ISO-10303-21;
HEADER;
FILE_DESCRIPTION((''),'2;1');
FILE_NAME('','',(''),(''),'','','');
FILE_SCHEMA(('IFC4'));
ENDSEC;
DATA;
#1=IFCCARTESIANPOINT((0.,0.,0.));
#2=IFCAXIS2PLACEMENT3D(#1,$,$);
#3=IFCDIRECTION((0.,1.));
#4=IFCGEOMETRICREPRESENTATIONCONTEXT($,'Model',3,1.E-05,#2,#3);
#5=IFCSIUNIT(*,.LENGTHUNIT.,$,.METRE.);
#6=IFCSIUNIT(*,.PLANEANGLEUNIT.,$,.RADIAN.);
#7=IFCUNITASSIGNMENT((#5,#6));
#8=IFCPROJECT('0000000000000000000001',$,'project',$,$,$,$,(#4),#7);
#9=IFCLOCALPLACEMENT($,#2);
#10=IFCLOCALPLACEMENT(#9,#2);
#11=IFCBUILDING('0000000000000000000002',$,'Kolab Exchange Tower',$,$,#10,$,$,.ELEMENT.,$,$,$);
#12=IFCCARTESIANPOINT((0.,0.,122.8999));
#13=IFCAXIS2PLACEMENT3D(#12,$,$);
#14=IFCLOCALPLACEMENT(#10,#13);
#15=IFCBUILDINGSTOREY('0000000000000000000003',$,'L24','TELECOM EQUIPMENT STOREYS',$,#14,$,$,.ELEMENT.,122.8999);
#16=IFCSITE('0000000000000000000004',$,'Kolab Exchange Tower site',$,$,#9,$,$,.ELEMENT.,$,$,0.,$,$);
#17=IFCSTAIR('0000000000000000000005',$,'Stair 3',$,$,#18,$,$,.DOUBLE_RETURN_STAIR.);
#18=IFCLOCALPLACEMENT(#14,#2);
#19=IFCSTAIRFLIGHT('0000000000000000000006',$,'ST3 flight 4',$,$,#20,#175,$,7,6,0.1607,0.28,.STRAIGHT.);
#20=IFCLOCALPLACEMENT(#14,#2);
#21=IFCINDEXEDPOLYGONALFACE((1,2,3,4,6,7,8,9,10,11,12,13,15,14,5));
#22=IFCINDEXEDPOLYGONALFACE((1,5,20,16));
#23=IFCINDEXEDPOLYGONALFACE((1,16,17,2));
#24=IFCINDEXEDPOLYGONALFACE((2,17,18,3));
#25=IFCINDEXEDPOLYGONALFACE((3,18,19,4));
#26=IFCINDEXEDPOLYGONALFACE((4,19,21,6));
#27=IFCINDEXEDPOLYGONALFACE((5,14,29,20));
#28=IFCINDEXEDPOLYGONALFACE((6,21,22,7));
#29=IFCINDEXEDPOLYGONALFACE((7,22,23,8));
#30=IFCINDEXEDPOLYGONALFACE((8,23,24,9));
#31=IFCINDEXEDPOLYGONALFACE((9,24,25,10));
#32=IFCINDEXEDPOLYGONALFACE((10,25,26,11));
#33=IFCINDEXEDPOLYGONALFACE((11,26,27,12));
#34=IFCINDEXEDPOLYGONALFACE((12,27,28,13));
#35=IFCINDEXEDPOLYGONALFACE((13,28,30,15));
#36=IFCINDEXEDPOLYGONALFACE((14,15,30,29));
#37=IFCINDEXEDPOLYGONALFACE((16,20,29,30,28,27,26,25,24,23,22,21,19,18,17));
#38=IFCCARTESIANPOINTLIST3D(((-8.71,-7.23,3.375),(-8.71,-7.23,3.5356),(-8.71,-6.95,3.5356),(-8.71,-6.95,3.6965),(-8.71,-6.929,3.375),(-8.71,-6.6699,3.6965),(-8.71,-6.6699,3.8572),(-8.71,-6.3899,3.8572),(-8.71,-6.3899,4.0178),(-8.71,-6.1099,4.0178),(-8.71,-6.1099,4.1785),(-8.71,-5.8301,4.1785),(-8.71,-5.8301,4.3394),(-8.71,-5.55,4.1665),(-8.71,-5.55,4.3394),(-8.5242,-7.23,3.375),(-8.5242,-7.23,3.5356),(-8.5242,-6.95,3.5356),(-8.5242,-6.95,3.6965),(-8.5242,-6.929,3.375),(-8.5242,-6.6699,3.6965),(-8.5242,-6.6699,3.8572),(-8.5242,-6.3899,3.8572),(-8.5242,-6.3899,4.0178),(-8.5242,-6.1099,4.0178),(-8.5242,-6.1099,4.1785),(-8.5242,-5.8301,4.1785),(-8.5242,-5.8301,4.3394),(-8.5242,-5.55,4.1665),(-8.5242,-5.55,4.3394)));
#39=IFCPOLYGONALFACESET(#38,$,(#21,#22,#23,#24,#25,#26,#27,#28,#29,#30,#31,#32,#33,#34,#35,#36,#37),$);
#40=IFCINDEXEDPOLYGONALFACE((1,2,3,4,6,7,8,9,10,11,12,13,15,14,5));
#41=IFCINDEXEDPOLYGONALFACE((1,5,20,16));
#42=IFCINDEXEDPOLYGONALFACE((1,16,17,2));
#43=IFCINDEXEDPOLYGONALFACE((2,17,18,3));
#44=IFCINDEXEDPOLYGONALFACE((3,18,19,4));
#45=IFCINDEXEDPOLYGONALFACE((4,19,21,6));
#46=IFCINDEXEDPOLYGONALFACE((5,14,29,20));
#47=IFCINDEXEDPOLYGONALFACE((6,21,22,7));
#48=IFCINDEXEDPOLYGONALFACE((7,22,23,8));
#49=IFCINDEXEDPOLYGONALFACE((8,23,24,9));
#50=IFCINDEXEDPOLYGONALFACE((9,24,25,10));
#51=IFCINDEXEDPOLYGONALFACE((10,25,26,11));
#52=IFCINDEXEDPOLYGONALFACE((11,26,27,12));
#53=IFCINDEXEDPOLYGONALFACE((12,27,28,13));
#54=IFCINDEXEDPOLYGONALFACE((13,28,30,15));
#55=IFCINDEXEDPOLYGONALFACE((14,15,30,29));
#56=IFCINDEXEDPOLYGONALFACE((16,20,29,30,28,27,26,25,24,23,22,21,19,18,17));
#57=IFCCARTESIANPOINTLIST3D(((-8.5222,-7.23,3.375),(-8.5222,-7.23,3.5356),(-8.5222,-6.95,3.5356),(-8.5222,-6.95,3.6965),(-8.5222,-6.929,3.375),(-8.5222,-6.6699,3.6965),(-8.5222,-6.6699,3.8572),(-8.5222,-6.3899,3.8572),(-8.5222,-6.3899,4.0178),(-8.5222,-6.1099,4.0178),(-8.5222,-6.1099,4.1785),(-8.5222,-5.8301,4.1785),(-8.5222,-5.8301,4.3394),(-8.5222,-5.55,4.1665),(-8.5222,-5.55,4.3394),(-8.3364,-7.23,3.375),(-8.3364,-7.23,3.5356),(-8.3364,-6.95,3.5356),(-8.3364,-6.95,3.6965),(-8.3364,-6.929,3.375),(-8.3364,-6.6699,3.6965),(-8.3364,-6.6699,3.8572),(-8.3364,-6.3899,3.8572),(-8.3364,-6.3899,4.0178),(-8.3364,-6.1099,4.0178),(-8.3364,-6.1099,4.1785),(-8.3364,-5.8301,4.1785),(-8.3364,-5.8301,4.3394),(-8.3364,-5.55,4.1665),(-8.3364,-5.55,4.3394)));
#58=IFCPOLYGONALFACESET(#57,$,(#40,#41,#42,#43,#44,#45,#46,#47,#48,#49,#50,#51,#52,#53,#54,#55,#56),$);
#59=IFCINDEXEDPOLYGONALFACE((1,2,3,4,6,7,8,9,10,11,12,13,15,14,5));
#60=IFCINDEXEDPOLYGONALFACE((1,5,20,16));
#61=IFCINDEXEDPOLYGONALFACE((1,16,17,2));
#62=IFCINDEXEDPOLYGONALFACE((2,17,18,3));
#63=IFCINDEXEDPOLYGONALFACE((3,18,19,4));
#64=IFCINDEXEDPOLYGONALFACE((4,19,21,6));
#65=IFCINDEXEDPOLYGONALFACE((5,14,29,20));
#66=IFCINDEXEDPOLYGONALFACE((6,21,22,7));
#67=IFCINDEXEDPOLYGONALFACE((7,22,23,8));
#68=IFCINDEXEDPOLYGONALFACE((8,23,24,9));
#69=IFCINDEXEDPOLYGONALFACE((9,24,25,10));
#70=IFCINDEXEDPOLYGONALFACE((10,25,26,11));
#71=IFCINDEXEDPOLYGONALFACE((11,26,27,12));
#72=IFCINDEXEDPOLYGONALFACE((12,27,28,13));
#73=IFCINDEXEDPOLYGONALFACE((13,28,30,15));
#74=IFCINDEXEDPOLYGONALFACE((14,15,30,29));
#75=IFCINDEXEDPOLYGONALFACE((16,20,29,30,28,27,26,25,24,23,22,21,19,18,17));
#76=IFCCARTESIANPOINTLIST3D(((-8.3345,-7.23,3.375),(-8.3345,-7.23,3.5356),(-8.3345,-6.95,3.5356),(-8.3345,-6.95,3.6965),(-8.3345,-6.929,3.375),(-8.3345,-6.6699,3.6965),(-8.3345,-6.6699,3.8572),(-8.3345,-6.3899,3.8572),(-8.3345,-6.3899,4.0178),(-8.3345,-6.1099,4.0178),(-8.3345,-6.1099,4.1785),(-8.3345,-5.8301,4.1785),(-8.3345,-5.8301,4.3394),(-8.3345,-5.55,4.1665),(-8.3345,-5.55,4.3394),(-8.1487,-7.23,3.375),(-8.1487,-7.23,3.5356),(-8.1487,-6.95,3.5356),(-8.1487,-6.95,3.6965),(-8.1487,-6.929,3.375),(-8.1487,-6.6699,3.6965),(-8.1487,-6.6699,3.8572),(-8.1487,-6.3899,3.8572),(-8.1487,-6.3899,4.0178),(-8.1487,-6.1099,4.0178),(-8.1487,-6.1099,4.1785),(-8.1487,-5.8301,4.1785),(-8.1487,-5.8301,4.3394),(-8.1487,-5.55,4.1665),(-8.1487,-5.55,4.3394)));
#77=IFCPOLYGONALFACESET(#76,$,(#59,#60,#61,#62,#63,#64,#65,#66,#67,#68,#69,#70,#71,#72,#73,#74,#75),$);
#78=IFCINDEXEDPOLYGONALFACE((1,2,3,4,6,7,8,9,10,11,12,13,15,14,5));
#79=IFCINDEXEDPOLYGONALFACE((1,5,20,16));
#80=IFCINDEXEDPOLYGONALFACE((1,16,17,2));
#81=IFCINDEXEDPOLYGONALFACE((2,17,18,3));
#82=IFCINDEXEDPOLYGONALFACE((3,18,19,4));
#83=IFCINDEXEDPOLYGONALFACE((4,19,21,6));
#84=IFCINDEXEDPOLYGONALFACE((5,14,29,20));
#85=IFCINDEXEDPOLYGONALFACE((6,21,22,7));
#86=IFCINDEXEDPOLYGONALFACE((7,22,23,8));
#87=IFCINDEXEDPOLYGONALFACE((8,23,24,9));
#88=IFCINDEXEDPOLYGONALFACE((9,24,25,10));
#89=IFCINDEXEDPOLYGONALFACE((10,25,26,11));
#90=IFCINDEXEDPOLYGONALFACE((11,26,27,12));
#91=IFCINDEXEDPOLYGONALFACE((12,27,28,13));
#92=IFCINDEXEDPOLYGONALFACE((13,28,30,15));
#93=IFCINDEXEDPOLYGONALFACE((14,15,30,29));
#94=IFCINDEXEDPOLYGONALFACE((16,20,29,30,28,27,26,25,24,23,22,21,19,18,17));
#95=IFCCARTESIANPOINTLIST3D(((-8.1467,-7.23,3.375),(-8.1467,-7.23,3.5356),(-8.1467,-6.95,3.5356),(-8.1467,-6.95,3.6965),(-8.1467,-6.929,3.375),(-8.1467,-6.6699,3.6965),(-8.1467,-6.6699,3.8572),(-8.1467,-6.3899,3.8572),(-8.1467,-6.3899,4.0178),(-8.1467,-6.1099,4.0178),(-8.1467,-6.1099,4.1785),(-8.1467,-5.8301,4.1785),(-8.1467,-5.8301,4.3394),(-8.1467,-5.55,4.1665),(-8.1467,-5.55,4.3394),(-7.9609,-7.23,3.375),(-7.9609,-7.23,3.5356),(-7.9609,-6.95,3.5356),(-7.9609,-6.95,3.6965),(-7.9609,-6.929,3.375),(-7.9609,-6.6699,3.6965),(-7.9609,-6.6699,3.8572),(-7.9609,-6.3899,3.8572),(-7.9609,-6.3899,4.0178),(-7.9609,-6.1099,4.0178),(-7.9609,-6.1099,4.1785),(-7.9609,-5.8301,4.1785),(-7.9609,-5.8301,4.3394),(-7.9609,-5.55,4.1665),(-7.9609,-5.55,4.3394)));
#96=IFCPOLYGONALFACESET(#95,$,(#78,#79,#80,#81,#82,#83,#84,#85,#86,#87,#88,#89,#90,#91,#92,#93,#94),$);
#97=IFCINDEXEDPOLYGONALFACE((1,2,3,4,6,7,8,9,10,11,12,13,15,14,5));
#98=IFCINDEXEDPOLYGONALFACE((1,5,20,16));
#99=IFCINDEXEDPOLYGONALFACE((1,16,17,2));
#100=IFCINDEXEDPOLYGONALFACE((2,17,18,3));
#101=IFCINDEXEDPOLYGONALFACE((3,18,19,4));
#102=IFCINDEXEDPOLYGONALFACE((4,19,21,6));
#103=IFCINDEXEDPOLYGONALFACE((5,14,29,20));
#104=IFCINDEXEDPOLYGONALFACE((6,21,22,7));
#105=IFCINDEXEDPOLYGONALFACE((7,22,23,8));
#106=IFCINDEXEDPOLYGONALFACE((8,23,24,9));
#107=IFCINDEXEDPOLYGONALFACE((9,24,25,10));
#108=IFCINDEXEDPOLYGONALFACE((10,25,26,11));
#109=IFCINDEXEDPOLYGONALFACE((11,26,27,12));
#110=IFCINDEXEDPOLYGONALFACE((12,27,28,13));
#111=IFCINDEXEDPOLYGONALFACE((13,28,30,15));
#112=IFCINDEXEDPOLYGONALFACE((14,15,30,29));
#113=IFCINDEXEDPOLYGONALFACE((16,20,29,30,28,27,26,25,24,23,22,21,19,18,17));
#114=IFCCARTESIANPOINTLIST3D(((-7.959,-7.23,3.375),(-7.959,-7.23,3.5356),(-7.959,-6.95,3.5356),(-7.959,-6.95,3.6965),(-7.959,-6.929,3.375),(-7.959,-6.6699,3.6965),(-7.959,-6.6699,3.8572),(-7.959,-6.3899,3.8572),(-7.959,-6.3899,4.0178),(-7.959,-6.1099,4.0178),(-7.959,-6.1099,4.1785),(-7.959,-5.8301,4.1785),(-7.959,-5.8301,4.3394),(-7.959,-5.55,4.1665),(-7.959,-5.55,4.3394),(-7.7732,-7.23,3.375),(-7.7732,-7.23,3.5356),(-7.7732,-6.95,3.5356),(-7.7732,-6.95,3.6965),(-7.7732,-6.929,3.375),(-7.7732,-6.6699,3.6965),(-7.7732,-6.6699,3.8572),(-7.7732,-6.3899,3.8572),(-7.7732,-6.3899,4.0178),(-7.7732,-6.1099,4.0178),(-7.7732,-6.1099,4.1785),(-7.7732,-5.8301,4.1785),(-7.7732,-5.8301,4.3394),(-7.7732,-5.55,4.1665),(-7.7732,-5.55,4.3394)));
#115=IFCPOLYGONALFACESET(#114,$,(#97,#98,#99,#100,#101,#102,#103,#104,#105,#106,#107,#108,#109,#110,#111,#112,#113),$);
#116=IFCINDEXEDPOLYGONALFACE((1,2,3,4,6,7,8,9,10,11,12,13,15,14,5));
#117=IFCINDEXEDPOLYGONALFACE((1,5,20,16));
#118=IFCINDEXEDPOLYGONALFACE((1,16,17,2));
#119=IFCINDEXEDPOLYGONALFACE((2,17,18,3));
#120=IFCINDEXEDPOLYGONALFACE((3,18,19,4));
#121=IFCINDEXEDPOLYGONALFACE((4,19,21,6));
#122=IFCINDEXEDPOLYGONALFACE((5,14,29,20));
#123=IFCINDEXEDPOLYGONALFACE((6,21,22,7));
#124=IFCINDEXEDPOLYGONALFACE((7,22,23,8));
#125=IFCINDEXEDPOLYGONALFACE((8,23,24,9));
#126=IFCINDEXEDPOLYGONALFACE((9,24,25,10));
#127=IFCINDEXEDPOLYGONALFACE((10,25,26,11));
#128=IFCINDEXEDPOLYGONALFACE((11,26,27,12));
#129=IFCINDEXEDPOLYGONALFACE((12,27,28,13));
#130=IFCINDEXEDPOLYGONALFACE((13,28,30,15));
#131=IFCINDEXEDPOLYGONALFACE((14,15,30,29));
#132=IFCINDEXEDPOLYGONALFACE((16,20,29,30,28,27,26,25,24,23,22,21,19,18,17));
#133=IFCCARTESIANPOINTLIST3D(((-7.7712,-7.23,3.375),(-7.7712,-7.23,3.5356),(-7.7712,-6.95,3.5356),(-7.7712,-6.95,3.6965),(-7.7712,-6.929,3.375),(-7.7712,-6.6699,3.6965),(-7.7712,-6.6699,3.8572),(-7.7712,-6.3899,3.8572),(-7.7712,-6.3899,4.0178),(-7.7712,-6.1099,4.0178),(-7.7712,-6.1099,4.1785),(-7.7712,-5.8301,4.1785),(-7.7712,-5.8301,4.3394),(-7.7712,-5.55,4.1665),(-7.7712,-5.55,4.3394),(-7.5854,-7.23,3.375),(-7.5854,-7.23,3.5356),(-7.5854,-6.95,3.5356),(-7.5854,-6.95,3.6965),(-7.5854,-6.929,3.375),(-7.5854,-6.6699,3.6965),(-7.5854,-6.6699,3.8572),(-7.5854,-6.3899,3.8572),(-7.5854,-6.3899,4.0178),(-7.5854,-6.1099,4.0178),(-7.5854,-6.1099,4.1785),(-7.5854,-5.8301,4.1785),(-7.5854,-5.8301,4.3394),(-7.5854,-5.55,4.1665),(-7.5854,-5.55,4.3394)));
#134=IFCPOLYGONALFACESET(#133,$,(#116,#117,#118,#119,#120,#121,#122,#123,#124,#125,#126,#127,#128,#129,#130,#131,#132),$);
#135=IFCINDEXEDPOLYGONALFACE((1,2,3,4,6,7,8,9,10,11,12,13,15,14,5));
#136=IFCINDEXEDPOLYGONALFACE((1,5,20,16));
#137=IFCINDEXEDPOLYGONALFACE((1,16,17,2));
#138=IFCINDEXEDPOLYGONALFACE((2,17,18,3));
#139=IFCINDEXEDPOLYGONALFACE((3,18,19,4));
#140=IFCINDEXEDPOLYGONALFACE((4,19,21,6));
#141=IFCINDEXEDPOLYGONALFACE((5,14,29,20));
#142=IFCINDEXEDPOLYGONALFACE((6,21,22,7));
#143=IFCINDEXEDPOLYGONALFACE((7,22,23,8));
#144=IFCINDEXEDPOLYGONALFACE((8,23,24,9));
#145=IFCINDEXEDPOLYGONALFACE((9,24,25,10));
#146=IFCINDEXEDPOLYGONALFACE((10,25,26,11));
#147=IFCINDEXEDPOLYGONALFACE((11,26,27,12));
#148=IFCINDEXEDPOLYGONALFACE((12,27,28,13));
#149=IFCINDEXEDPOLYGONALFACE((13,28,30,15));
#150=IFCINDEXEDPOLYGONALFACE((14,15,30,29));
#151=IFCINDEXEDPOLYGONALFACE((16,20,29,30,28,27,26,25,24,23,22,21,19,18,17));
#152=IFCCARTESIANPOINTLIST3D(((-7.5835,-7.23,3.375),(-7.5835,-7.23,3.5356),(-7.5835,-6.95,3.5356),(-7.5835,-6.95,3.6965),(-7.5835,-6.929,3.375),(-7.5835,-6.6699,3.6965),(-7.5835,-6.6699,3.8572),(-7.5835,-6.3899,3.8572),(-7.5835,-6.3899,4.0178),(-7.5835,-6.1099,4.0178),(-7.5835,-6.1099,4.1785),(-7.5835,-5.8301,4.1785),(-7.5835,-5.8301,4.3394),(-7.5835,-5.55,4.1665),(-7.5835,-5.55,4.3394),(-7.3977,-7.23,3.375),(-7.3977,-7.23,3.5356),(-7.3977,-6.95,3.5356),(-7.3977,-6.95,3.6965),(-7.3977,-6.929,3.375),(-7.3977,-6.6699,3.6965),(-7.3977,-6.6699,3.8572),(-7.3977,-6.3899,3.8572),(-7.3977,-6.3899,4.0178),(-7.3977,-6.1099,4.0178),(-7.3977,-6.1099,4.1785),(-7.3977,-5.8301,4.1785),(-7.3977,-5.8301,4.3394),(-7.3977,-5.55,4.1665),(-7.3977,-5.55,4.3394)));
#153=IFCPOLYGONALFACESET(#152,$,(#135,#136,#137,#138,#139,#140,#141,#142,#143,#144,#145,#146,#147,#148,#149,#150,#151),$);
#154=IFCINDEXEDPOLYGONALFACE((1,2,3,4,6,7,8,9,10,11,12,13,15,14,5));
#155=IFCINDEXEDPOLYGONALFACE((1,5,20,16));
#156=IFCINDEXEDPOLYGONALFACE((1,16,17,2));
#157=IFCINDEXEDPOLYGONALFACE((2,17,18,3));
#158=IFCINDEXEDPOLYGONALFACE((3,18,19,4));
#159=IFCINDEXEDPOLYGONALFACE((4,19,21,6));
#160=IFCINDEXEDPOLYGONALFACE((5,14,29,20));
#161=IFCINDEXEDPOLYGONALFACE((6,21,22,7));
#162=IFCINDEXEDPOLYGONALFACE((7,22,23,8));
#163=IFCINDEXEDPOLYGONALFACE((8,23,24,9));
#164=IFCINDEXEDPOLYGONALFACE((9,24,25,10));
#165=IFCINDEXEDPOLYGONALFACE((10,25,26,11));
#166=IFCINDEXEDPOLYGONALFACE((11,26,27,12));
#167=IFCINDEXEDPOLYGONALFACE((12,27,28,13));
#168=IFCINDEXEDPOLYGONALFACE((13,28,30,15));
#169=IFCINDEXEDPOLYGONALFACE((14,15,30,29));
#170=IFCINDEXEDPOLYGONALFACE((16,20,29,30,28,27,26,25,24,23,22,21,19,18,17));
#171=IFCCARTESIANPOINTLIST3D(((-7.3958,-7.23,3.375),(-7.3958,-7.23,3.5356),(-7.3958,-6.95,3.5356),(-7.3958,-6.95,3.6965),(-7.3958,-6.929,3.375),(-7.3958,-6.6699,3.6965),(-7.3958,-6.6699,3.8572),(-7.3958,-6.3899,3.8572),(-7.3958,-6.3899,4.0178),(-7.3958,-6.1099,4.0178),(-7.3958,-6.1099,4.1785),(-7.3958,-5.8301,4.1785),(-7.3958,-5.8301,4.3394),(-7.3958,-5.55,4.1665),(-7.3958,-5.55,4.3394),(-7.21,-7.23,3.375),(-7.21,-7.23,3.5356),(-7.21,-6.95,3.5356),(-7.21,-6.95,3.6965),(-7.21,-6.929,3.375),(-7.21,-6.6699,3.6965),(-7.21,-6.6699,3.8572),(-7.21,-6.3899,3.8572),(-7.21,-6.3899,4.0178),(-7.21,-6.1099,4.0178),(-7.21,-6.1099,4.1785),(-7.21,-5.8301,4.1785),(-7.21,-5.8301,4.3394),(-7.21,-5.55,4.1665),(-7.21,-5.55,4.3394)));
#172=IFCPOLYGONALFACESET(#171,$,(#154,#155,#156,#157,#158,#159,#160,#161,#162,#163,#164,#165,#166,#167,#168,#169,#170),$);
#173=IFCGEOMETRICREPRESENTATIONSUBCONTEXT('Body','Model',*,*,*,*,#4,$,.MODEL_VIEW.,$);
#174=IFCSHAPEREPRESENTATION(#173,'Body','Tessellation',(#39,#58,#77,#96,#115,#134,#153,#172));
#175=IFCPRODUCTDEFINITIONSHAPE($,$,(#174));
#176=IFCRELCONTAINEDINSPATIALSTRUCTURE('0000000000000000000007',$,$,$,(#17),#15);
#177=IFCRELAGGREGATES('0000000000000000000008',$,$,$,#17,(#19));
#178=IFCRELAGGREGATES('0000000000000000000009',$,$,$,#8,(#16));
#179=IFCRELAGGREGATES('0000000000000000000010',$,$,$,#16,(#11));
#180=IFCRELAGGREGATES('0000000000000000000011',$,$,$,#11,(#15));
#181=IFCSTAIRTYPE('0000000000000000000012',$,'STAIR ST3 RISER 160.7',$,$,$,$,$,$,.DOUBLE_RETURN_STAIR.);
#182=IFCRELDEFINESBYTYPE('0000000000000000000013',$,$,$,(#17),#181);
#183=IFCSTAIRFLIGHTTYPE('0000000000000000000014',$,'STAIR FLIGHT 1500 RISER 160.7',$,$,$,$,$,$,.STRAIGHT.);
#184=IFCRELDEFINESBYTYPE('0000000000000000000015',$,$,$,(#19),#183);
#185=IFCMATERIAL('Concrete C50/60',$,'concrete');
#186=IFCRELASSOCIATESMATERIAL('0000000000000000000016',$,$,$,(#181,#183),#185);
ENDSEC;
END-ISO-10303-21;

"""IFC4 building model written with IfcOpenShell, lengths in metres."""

from ifc_helpers import new_model, si_unit, direction, frame, origin, place, context, subcontext, project, spatial, polyline, outline, extrude, material, type_object, element, aggregate, save


model = new_model("IFC4")

# Units and contexts
model_context = context("Model", 3, precision=1e-05, world=origin(), true_north=direction((0.0, 1.0)))
body_context = subcontext(model_context, "Body", "Model", "MODEL_VIEW")
ifc_project = project(units=[si_unit("LENGTHUNIT", "METRE"), si_unit("PLANEANGLEUNIT", "RADIAN")], contexts=[model_context])

# Site, building, storey
site_placement = place(None, origin())
site = spatial("IfcSite", under=ifc_project, at=site_placement, Name="Kolab Exchange Tower site", CompositionType="ELEMENT", RefElevation=0.0)
building_placement = place(site_placement, origin())
building = spatial("IfcBuilding", under=site, at=building_placement, Name="Kolab Exchange Tower", CompositionType="ELEMENT")
storey_placement = place(building_placement, frame((0.0, 0.0, 122.8999)))
storey = spatial("IfcBuildingStorey", under=building, at=storey_placement, Name="L24", Description="TELECOM EQUIPMENT STOREYS", CompositionType="ELEMENT", Elevation=122.8999)

# Shared definitions
ifc_material_1 = material(Name="Concrete C50/60", Category="concrete")

# Stair, stair flight
stair_type = type_object("IfcStairType", Name="STAIR ST3 RISER 160.7", PredefinedType="DOUBLE_RETURN_STAIR", material=ifc_material_1)
stair_placement = place(storey_placement, origin())
stair = element("IfcStair", 1, at=stair_placement, inside=storey, type_object=stair_type, Name="Stair 3", PredefinedType="DOUBLE_RETURN_STAIR")
stair_flight_type = type_object("IfcStairFlightType", Name="STAIR FLIGHT 1500 RISER 160.7", PredefinedType="STRAIGHT", material=ifc_material_1)
stair_flight_1_placement = place(storey_placement, frame((-7.96, -7.23, 3.375), z_axis=(0.0, 0.0, 1.0), x_axis=(0.0, 1.0, 0.0)))
stair_flight_1 = element("IfcStairFlight", 2, at=stair_flight_1_placement, type_object=stair_flight_type, Name="ST3 flight 4", NumberOfRisers=7, NumberOfTreads=6, PredefinedType="STRAIGHT", RiserHeight=0.1607, TreadLength=0.28, context=body_context, shape_type="SweptSolid", body=[
    extrude(outline(polyline([(0.0, 0.0), (0.0, 0.1606), (0.28, 0.1606), (0.28, 0.3215), (0.5601, 0.3215), (0.5601, 0.4822), (0.8401, 0.4822), (0.8401, 0.6428), (1.1201, 0.6428), (1.1201, 0.8035), (1.3999, 0.8035), (1.3999, 0.9644), (1.6799, 0.9644), (1.6799, 1.125), (1.6799, 0.7915), (0.301, 0.0), (0.0, 0.0)])), frame((0.0, 0.75, 0.0), z_axis=(0.0, -1.0, 0.0), x_axis=(1.0, 0.0, 0.0)), (0.0, 0.0, 1.0), 0.1858),
    extrude(outline(polyline([(0.0, 0.0), (0.0, 0.1606), (0.28, 0.1606), (0.28, 0.3215), (0.5601, 0.3215), (0.5601, 0.4822), (0.8401, 0.4822), (0.8401, 0.6428), (1.1201, 0.6428), (1.1201, 0.8035), (1.3999, 0.8035), (1.3999, 0.9644), (1.6799, 0.9644), (1.6799, 1.125), (1.6799, 0.7915), (0.301, 0.0), (0.0, 0.0)])), frame((0.0, 0.5623, 0.0), z_axis=(0.0, -1.0, 0.0), x_axis=(1.0, 0.0, 0.0)), (0.0, 0.0, 1.0), 0.1858),
    extrude(outline(polyline([(0.0, 0.0), (0.0, 0.1606), (0.28, 0.1606), (0.28, 0.3215), (0.5601, 0.3215), (0.5601, 0.4822), (0.8401, 0.4822), (0.8401, 0.6428), (1.1201, 0.6428), (1.1201, 0.8035), (1.3999, 0.8035), (1.3999, 0.9644), (1.6799, 0.9644), (1.6799, 1.125), (1.6799, 0.7915), (0.301, 0.0), (0.0, 0.0)])), frame((0.0, 0.3745, 0.0), z_axis=(0.0, -1.0, 0.0), x_axis=(1.0, 0.0, 0.0)), (0.0, 0.0, 1.0), 0.1858),
    extrude(outline(polyline([(0.0, 0.0), (0.0, 0.1606), (0.28, 0.1606), (0.28, 0.3215), (0.5601, 0.3215), (0.5601, 0.4822), (0.8401, 0.4822), (0.8401, 0.6428), (1.1201, 0.6428), (1.1201, 0.8035), (1.3999, 0.8035), (1.3999, 0.9644), (1.6799, 0.9644), (1.6799, 1.125), (1.6799, 0.7915), (0.301, 0.0), (0.0, 0.0)])), frame((0.0, 0.1868, 0.0), z_axis=(0.0, -1.0, 0.0), x_axis=(1.0, 0.0, 0.0)), (0.0, 0.0, 1.0), 0.1858),
    extrude(outline(polyline([(0.0, 0.0), (0.0, 0.1606), (0.28, 0.1606), (0.28, 0.3215), (0.5601, 0.3215), (0.5601, 0.4822), (0.8401, 0.4822), (0.8401, 0.6428), (1.1201, 0.6428), (1.1201, 0.8035), (1.3999, 0.8035), (1.3999, 0.9644), (1.6799, 0.9644), (1.6799, 1.125), (1.6799, 0.7915), (0.301, 0.0), (0.0, 0.0)])), frame((0.0, -0.001, 0.0), z_axis=(0.0, -1.0, 0.0), x_axis=(1.0, 0.0, 0.0)), (0.0, 0.0, 1.0), 0.1858),
    extrude(outline(polyline([(0.0, 0.0), (0.0, 0.1606), (0.28, 0.1606), (0.28, 0.3215), (0.5601, 0.3215), (0.5601, 0.4822), (0.8401, 0.4822), (0.8401, 0.6428), (1.1201, 0.6428), (1.1201, 0.8035), (1.3999, 0.8035), (1.3999, 0.9644), (1.6799, 0.9644), (1.6799, 1.125), (1.6799, 0.7915), (0.301, 0.0), (0.0, 0.0)])), frame((0.0, -0.1887, 0.0), z_axis=(0.0, -1.0, 0.0), x_axis=(1.0, 0.0, 0.0)), (0.0, 0.0, 1.0), 0.1858),
    extrude(outline(polyline([(0.0, 0.0), (0.0, 0.1606), (0.28, 0.1606), (0.28, 0.3215), (0.5601, 0.3215), (0.5601, 0.4822), (0.8401, 0.4822), (0.8401, 0.6428), (1.1201, 0.6428), (1.1201, 0.8035), (1.3999, 0.8035), (1.3999, 0.9644), (1.6799, 0.9644), (1.6799, 1.125), (1.6799, 0.7915), (0.301, 0.0), (0.0, 0.0)])), frame((0.0, -0.3765, 0.0), z_axis=(0.0, -1.0, 0.0), x_axis=(1.0, 0.0, 0.0)), (0.0, 0.0, 1.0), 0.1858),
    extrude(outline(polyline([(0.0, 0.0), (0.0, 0.1606), (0.28, 0.1606), (0.28, 0.3215), (0.5601, 0.3215), (0.5601, 0.4822), (0.8401, 0.4822), (0.8401, 0.6428), (1.1201, 0.6428), (1.1201, 0.8035), (1.3999, 0.8035), (1.3999, 0.9644), (1.6799, 0.9644), (1.6799, 1.125), (1.6799, 0.7915), (0.301, 0.0), (0.0, 0.0)])), frame((0.0, -0.5642, 0.0), z_axis=(0.0, -1.0, 0.0), x_axis=(1.0, 0.0, 0.0)), (0.0, 0.0, 1.0), 0.1858),
])
aggregate(stair, [stair_flight_1])

save(model, "model.ifc")
